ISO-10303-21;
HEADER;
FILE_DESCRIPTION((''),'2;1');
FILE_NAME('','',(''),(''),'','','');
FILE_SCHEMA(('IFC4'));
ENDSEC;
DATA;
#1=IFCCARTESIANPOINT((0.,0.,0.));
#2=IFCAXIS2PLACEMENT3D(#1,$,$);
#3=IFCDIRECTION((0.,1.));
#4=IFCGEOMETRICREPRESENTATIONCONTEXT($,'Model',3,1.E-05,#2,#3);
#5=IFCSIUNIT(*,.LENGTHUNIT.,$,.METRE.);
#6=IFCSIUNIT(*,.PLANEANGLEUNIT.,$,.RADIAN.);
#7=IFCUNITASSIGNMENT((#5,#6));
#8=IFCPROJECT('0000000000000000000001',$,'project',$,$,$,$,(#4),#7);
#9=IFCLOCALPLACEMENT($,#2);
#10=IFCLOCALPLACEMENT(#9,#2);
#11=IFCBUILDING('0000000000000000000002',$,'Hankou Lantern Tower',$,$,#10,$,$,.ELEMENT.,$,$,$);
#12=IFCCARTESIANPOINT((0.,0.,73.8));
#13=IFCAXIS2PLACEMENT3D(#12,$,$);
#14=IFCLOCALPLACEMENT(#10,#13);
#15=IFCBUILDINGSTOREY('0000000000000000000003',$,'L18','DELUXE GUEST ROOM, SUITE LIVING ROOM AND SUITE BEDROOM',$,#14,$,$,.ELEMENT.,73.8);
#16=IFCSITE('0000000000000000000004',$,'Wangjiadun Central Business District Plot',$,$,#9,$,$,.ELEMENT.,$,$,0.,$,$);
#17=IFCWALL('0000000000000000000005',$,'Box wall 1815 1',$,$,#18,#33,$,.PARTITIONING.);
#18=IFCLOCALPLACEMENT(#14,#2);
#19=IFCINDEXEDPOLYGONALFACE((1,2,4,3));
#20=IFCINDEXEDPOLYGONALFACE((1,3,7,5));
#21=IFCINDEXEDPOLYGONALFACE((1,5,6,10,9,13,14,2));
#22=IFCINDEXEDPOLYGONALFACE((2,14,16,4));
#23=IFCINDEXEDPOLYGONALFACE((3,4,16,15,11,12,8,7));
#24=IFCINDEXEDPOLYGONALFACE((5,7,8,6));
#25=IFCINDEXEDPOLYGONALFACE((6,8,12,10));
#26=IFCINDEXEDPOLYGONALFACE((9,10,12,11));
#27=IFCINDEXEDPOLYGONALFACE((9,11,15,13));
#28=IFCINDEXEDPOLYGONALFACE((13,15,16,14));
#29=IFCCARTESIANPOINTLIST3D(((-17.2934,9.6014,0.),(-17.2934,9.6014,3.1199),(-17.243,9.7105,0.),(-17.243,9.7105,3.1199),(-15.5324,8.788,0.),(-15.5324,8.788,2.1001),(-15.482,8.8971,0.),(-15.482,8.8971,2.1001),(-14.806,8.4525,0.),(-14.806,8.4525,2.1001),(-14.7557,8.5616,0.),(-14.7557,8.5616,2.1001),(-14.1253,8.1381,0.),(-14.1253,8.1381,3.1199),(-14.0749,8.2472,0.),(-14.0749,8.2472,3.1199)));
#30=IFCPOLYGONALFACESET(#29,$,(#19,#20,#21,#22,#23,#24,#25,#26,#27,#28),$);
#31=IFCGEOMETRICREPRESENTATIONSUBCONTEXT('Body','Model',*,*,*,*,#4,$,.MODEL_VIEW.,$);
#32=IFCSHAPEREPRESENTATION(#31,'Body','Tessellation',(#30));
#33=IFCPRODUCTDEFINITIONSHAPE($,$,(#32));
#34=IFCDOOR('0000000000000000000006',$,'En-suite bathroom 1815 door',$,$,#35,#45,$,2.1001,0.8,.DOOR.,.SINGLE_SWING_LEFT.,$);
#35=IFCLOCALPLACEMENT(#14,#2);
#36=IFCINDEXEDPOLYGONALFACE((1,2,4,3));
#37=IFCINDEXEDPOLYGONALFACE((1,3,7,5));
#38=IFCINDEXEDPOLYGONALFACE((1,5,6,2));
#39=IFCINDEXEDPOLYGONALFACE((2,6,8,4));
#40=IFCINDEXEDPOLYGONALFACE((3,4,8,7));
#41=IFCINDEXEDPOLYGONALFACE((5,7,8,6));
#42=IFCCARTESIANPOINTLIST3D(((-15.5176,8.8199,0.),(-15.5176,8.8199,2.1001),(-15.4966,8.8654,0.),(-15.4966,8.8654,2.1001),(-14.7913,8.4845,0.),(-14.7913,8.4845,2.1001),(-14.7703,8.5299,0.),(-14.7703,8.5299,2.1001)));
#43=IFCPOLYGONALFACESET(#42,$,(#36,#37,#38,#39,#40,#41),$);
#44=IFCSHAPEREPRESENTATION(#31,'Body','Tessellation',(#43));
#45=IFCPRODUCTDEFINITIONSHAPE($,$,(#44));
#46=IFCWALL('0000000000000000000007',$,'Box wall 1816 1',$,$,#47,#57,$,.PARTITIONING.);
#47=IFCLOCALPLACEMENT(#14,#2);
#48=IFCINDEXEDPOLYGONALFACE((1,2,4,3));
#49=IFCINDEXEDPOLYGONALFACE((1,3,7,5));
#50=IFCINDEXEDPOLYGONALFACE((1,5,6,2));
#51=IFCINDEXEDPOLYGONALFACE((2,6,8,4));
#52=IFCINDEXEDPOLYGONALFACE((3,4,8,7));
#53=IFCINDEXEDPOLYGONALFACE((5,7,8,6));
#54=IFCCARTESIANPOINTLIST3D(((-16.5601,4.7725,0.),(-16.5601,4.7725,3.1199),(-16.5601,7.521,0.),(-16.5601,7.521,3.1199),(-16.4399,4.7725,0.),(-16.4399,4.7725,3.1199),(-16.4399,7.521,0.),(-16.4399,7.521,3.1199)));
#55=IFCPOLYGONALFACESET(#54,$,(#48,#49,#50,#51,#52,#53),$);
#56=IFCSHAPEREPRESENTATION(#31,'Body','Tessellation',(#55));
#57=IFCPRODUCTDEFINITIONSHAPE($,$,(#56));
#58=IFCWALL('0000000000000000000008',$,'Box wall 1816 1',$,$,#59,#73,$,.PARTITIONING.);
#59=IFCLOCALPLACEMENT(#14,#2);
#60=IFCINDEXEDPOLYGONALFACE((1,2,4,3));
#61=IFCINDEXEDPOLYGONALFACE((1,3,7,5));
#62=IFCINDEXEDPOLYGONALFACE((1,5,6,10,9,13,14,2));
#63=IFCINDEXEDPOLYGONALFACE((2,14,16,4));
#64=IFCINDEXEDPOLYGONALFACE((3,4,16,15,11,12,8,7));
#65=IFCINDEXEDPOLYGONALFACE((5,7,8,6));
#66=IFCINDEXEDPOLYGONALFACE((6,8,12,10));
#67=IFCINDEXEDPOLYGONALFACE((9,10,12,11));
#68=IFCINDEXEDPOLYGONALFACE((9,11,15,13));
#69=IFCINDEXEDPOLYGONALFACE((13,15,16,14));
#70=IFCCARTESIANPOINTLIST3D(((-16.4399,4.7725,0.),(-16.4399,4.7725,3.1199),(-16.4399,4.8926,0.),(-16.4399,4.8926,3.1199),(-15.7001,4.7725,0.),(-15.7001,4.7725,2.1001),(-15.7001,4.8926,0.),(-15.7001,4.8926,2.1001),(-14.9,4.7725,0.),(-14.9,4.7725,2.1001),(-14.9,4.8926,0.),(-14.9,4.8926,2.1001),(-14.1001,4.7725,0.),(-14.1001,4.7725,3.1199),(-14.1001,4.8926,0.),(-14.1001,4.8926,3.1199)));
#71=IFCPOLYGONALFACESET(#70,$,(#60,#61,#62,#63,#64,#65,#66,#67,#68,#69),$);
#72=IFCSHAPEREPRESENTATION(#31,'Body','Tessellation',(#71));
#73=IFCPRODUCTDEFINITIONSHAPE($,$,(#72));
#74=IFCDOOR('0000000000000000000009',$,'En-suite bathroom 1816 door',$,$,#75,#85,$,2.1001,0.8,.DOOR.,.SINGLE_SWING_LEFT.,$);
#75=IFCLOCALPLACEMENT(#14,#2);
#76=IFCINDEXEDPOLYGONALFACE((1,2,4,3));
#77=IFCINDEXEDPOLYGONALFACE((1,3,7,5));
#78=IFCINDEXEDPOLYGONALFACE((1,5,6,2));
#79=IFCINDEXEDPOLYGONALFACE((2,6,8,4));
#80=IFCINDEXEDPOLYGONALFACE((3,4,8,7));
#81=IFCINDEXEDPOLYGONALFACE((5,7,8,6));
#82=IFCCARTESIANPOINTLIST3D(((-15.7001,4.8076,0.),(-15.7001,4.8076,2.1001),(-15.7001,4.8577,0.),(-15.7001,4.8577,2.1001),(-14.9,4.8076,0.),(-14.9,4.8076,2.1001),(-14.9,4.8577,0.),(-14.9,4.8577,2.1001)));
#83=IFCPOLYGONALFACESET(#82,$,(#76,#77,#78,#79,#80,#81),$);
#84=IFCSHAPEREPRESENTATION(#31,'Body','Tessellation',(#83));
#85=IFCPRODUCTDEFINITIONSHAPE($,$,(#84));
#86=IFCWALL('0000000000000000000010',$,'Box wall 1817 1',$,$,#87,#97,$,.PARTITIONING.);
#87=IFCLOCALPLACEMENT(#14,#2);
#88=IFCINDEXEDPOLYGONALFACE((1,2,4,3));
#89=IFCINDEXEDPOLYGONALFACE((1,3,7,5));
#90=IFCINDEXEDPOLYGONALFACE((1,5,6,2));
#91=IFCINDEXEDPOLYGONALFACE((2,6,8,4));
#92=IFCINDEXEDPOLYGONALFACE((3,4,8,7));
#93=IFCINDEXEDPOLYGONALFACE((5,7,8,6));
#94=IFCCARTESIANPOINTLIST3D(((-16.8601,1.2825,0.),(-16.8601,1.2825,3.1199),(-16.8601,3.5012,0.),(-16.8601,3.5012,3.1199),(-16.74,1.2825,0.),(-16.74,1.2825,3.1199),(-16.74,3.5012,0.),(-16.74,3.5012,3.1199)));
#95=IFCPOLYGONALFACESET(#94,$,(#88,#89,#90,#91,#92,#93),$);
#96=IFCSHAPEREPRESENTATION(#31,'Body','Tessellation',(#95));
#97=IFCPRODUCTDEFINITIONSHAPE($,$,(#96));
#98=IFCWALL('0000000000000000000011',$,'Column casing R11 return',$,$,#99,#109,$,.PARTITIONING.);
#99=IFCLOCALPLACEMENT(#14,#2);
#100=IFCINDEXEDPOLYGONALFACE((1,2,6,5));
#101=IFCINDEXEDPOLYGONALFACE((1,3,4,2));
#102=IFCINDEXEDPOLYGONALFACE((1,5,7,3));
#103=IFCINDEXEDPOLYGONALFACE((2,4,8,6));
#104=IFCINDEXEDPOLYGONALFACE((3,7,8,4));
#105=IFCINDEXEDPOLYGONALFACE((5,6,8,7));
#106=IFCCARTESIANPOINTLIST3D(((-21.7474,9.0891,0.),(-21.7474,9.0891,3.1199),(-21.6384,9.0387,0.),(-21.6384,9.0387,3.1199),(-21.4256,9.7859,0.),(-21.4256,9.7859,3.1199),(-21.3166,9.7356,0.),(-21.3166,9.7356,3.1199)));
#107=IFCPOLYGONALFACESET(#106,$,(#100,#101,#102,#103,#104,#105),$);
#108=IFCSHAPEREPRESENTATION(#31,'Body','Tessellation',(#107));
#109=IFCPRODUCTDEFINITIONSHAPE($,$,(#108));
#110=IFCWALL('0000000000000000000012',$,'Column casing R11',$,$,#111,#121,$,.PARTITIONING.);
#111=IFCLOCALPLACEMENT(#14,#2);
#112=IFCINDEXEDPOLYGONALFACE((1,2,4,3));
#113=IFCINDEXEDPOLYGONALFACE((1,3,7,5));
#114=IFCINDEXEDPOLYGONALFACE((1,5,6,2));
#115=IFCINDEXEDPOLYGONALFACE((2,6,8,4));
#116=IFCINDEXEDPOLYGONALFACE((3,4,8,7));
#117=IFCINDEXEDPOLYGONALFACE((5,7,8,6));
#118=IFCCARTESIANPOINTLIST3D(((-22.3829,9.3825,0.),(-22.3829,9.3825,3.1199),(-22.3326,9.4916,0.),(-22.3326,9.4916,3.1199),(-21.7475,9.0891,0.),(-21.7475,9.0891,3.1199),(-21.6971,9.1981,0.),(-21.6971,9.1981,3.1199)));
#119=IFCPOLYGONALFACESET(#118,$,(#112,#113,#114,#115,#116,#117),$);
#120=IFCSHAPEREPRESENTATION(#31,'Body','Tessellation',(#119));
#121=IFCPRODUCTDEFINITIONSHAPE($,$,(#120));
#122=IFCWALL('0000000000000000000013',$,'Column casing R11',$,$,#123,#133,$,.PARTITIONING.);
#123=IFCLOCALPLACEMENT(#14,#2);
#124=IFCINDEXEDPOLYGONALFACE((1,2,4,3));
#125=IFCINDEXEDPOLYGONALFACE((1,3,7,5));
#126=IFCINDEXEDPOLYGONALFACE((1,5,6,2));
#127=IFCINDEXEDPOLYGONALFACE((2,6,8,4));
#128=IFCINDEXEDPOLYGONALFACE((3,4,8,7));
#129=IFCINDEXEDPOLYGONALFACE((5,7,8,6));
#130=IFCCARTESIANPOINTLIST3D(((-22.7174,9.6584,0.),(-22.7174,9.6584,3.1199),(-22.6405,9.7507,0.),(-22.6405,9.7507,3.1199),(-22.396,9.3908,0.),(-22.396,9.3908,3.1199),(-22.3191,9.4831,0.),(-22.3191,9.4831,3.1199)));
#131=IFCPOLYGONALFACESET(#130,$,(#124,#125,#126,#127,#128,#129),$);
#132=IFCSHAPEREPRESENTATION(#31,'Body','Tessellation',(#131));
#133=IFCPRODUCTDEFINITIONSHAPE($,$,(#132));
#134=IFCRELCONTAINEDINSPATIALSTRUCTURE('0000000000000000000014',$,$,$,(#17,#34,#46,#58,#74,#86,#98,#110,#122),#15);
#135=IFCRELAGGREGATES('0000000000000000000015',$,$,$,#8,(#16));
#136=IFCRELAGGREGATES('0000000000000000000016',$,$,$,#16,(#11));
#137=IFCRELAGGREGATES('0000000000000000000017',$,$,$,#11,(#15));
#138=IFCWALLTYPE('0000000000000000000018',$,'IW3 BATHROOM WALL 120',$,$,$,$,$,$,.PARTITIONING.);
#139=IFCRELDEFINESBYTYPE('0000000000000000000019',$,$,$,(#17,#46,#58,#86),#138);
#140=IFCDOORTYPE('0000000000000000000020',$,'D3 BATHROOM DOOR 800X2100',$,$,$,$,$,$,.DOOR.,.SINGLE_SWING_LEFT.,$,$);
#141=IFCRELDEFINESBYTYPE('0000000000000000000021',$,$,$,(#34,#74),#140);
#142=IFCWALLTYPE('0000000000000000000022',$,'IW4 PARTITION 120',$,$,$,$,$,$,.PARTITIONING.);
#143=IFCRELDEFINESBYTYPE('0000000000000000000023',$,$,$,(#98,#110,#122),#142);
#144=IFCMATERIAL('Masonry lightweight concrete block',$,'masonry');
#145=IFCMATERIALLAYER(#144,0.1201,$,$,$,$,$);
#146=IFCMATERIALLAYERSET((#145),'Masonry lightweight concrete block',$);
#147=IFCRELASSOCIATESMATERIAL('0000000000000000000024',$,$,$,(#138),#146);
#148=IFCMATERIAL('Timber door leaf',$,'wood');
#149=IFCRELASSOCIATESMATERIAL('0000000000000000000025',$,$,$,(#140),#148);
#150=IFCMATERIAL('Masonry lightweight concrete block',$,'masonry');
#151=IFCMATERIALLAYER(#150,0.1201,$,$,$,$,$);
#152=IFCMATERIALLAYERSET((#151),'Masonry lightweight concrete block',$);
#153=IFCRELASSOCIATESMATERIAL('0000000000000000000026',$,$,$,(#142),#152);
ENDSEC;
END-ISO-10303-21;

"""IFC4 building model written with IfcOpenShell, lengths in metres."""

from ifc_helpers import new_model, si_unit, direction, frame, frame_2d, origin, place, context, subcontext, project, spatial, rectangle, extrude, material, layer, layer_set, type_object, element, fill, save


model = new_model("IFC4")

# Units and contexts
model_context = context("Model", 3, precision=1e-05, world=origin(), true_north=direction((0.0, 1.0)))
body_context = subcontext(model_context, "Body", "Model", "MODEL_VIEW")
ifc_project = project(units=[si_unit("LENGTHUNIT", "METRE"), si_unit("PLANEANGLEUNIT", "RADIAN")], contexts=[model_context])

# Site, building, storey
site_placement = place(None, origin())
site = spatial("IfcSite", under=ifc_project, at=site_placement, Name="Wangjiadun Central Business District Plot", CompositionType="ELEMENT", RefElevation=0.0)
building_placement = place(site_placement, origin())
building = spatial("IfcBuilding", under=site, at=building_placement, Name="Hankou Lantern Tower", CompositionType="ELEMENT")
storey_placement = place(building_placement, frame((0.0, 0.0, 73.8)))
storey = spatial("IfcBuildingStorey", under=building, at=storey_placement, Name="L18", Description="DELUXE GUEST ROOM, SUITE LIVING ROOM AND SUITE BEDROOM", CompositionType="ELEMENT", Elevation=73.8)

# Shared definitions
ifc_material_1 = material(Name="Masonry lightweight concrete block", Category="masonry")
ifc_layer_1 = layer(ifc_material_1, 0.1201)
ifc_layer_set_1 = layer_set([ifc_layer_1], Name="Masonry lightweight concrete block")
wall_type_1 = type_object("IfcWallType", Name="IW3 BATHROOM WALL 120", PredefinedType="PARTITIONING", material=ifc_layer_set_1)

# Wall, opening, door
wall_1_placement = place(storey_placement, frame((-14.1001, 8.1926, 0.0), z_axis=(0.0, 0.0, 1.0), x_axis=(-0.907836, 0.419324, 0.0)))
wall_1 = element("IfcWall", 1, at=wall_1_placement, inside=storey, type_object=wall_type_1, Name="Box wall 1815 1", PredefinedType="PARTITIONING", context=body_context, shape_type="SweptSolid", body=[
    extrude(rectangle(XDim=3.4897, YDim=0.1201, at=frame_2d((1.7449, 0.0))), origin(), (0.0, 0.0, 1.0), 3.1199),
])
opening_1_placement = place(wall_1_placement, frame((0.75, 0.0, 0.0)))
opening_1 = element("IfcOpeningElement", 2, at=opening_1_placement, cuts=wall_1, PredefinedType="OPENING", context=body_context, shape_type="SweptSolid", body=[
    extrude(rectangle(XDim=0.8, YDim=2.1001, at=frame_2d((0.3999, 1.05))), frame((0.0, 0.0701, 0.0), z_axis=(0.0, -1.0, 0.0), x_axis=(1.0, 0.0, 0.0)), (0.0, 0.0, 1.0), 0.1401),
])
ifc_material_2 = material(Name="Timber door leaf", Category="wood")
door_type_1 = type_object("IfcDoorType", Name="D3 BATHROOM DOOR 800X2100", OperationType="SINGLE_SWING_LEFT", PredefinedType="DOOR", material=ifc_material_2)
door_1_placement = place(opening_1_placement, origin())
door_1 = element("IfcDoor", 3, at=door_1_placement, inside=storey, type_object=door_type_1, Name="En-suite bathroom 1815 door", OperationType="SINGLE_SWING_LEFT", OverallHeight=2.1001, OverallWidth=0.8, PredefinedType="DOOR", context=body_context, shape_type="SweptSolid", body=[
    extrude(rectangle(XDim=0.8, YDim=2.1001, at=frame_2d((0.3999, 1.05))), frame((0.0, 0.0249, 0.0), z_axis=(0.0, -1.0, 0.0), x_axis=(1.0, 0.0, 0.0)), (0.0, 0.0, 1.0), 0.05),
])
fill(opening_1, door_1)

# Wall
wall_2_placement = place(storey_placement, frame((-16.5, 7.521, 0.0), z_axis=(0.0, 0.0, 1.0), x_axis=(0.0, -1.0, 0.0)))
element("IfcWall", 4, at=wall_2_placement, inside=storey, type_object=wall_type_1, Name="Box wall 1816 1", PredefinedType="PARTITIONING", context=body_context, shape_type="SweptSolid", body=[
    extrude(rectangle(XDim=2.7485, YDim=0.1201, at=frame_2d((1.3743, 0.0))), origin(), (0.0, 0.0, 1.0), 3.1199),
])

# Wall, opening, door
wall_3_placement = place(storey_placement, frame((-14.1001, 4.8325, 0.0), z_axis=(0.0, 0.0, 1.0), x_axis=(-1.0, 0.0, 0.0)))
wall_3 = element("IfcWall", 5, at=wall_3_placement, inside=storey, type_object=wall_type_1, Name="Box wall 1816 1", PredefinedType="PARTITIONING", context=body_context, shape_type="SweptSolid", body=[
    extrude(rectangle(XDim=2.3398, YDim=0.1201, at=frame_2d((1.1699, 0.0))), origin(), (0.0, 0.0, 1.0), 3.1199),
])
opening_2_placement = place(wall_3_placement, frame((0.8, 0.0, 0.0)))
opening_2 = element("IfcOpeningElement", 6, at=opening_2_placement, cuts=wall_3, PredefinedType="OPENING", context=body_context, shape_type="SweptSolid", body=[
    extrude(rectangle(XDim=0.8, YDim=2.1001, at=frame_2d((0.3999, 1.05))), frame((0.0, 0.0701, 0.0), z_axis=(0.0, -1.0, 0.0), x_axis=(1.0, 0.0, 0.0)), (0.0, 0.0, 1.0), 0.1401),
])
door_2_placement = place(opening_2_placement, origin())
door_2 = element("IfcDoor", 7, at=door_2_placement, inside=storey, type_object=door_type_1, Name="En-suite bathroom 1816 door", OperationType="SINGLE_SWING_LEFT", OverallHeight=2.1001, OverallWidth=0.8, PredefinedType="DOOR", context=body_context, shape_type="SweptSolid", body=[
    extrude(rectangle(XDim=0.8, YDim=2.1001, at=frame_2d((0.3999, 1.05))), frame((0.0, 0.0249, 0.0), z_axis=(0.0, -1.0, 0.0), x_axis=(1.0, 0.0, 0.0)), (0.0, 0.0, 1.0), 0.05),
])
fill(opening_2, door_2)

# Walls
wall_4_placement = place(storey_placement, frame((-16.8, 3.5012, 0.0), z_axis=(0.0, 0.0, 1.0), x_axis=(0.0, -1.0, 0.0)))
element("IfcWall", 8, at=wall_4_placement, inside=storey, type_object=wall_type_1, Name="Box wall 1817 1", PredefinedType="PARTITIONING", context=body_context, shape_type="SweptSolid", body=[
    extrude(rectangle(XDim=2.2188, YDim=0.1201, at=frame_2d((1.1094, 0.0))), origin(), (0.0, 0.0, 1.0), 3.1199),
])
ifc_material_3 = material(Name="Masonry lightweight concrete block", Category="masonry")
ifc_layer_2 = layer(ifc_material_3, 0.1201)
ifc_layer_set_2 = layer_set([ifc_layer_2], Name="Masonry lightweight concrete block")
wall_type_2 = type_object("IfcWallType", Name="IW4 PARTITION 120", PredefinedType="PARTITIONING", material=ifc_layer_set_2)
wall_5_placement = place(storey_placement, frame((-21.3711, 9.7607, 0.0), z_axis=(0.0, 0.0, 1.0), x_axis=(-0.41926, -0.907866, 0.0)))
element("IfcWall", 9, at=wall_5_placement, inside=storey, type_object=wall_type_2, Name="Column casing R11 return", PredefinedType="PARTITIONING", context=body_context, shape_type="SweptSolid", body=[
    extrude(rectangle(XDim=0.7676, YDim=0.1201, at=frame_2d((0.3838, 0.0))), origin(), (0.0, 0.0, 1.0), 3.1199),
])
wall_6_placement = place(storey_placement, frame((-21.7222, 9.1436, 0.0), z_axis=(0.0, 0.0, 1.0), x_axis=(-0.907878, 0.419235, 0.0)))
element("IfcWall", 10, at=wall_6_placement, inside=storey, type_object=wall_type_2, Name="Column casing R11", PredefinedType="PARTITIONING", context=body_context, shape_type="SweptSolid", body=[
    extrude(rectangle(XDim=0.7, YDim=0.1201, at=frame_2d((0.3501, 0.0))), origin(), (0.0, 0.0, 1.0), 3.1199),
])
wall_7_placement = place(storey_placement, frame((-22.3577, 9.437, 0.0), z_axis=(0.0, 0.0, 1.0), x_axis=(-0.768413, 0.639955, 0.0)))
element("IfcWall", 11, at=wall_7_placement, inside=storey, type_object=wall_type_2, Name="Column casing R11", PredefinedType="PARTITIONING", context=body_context, shape_type="SweptSolid", body=[
    extrude(rectangle(XDim=0.4182, YDim=0.1201, at=frame_2d((0.209, 0.0))), origin(), (0.0, 0.0, 1.0), 3.1199),
])

save(model, "model.ifc")
